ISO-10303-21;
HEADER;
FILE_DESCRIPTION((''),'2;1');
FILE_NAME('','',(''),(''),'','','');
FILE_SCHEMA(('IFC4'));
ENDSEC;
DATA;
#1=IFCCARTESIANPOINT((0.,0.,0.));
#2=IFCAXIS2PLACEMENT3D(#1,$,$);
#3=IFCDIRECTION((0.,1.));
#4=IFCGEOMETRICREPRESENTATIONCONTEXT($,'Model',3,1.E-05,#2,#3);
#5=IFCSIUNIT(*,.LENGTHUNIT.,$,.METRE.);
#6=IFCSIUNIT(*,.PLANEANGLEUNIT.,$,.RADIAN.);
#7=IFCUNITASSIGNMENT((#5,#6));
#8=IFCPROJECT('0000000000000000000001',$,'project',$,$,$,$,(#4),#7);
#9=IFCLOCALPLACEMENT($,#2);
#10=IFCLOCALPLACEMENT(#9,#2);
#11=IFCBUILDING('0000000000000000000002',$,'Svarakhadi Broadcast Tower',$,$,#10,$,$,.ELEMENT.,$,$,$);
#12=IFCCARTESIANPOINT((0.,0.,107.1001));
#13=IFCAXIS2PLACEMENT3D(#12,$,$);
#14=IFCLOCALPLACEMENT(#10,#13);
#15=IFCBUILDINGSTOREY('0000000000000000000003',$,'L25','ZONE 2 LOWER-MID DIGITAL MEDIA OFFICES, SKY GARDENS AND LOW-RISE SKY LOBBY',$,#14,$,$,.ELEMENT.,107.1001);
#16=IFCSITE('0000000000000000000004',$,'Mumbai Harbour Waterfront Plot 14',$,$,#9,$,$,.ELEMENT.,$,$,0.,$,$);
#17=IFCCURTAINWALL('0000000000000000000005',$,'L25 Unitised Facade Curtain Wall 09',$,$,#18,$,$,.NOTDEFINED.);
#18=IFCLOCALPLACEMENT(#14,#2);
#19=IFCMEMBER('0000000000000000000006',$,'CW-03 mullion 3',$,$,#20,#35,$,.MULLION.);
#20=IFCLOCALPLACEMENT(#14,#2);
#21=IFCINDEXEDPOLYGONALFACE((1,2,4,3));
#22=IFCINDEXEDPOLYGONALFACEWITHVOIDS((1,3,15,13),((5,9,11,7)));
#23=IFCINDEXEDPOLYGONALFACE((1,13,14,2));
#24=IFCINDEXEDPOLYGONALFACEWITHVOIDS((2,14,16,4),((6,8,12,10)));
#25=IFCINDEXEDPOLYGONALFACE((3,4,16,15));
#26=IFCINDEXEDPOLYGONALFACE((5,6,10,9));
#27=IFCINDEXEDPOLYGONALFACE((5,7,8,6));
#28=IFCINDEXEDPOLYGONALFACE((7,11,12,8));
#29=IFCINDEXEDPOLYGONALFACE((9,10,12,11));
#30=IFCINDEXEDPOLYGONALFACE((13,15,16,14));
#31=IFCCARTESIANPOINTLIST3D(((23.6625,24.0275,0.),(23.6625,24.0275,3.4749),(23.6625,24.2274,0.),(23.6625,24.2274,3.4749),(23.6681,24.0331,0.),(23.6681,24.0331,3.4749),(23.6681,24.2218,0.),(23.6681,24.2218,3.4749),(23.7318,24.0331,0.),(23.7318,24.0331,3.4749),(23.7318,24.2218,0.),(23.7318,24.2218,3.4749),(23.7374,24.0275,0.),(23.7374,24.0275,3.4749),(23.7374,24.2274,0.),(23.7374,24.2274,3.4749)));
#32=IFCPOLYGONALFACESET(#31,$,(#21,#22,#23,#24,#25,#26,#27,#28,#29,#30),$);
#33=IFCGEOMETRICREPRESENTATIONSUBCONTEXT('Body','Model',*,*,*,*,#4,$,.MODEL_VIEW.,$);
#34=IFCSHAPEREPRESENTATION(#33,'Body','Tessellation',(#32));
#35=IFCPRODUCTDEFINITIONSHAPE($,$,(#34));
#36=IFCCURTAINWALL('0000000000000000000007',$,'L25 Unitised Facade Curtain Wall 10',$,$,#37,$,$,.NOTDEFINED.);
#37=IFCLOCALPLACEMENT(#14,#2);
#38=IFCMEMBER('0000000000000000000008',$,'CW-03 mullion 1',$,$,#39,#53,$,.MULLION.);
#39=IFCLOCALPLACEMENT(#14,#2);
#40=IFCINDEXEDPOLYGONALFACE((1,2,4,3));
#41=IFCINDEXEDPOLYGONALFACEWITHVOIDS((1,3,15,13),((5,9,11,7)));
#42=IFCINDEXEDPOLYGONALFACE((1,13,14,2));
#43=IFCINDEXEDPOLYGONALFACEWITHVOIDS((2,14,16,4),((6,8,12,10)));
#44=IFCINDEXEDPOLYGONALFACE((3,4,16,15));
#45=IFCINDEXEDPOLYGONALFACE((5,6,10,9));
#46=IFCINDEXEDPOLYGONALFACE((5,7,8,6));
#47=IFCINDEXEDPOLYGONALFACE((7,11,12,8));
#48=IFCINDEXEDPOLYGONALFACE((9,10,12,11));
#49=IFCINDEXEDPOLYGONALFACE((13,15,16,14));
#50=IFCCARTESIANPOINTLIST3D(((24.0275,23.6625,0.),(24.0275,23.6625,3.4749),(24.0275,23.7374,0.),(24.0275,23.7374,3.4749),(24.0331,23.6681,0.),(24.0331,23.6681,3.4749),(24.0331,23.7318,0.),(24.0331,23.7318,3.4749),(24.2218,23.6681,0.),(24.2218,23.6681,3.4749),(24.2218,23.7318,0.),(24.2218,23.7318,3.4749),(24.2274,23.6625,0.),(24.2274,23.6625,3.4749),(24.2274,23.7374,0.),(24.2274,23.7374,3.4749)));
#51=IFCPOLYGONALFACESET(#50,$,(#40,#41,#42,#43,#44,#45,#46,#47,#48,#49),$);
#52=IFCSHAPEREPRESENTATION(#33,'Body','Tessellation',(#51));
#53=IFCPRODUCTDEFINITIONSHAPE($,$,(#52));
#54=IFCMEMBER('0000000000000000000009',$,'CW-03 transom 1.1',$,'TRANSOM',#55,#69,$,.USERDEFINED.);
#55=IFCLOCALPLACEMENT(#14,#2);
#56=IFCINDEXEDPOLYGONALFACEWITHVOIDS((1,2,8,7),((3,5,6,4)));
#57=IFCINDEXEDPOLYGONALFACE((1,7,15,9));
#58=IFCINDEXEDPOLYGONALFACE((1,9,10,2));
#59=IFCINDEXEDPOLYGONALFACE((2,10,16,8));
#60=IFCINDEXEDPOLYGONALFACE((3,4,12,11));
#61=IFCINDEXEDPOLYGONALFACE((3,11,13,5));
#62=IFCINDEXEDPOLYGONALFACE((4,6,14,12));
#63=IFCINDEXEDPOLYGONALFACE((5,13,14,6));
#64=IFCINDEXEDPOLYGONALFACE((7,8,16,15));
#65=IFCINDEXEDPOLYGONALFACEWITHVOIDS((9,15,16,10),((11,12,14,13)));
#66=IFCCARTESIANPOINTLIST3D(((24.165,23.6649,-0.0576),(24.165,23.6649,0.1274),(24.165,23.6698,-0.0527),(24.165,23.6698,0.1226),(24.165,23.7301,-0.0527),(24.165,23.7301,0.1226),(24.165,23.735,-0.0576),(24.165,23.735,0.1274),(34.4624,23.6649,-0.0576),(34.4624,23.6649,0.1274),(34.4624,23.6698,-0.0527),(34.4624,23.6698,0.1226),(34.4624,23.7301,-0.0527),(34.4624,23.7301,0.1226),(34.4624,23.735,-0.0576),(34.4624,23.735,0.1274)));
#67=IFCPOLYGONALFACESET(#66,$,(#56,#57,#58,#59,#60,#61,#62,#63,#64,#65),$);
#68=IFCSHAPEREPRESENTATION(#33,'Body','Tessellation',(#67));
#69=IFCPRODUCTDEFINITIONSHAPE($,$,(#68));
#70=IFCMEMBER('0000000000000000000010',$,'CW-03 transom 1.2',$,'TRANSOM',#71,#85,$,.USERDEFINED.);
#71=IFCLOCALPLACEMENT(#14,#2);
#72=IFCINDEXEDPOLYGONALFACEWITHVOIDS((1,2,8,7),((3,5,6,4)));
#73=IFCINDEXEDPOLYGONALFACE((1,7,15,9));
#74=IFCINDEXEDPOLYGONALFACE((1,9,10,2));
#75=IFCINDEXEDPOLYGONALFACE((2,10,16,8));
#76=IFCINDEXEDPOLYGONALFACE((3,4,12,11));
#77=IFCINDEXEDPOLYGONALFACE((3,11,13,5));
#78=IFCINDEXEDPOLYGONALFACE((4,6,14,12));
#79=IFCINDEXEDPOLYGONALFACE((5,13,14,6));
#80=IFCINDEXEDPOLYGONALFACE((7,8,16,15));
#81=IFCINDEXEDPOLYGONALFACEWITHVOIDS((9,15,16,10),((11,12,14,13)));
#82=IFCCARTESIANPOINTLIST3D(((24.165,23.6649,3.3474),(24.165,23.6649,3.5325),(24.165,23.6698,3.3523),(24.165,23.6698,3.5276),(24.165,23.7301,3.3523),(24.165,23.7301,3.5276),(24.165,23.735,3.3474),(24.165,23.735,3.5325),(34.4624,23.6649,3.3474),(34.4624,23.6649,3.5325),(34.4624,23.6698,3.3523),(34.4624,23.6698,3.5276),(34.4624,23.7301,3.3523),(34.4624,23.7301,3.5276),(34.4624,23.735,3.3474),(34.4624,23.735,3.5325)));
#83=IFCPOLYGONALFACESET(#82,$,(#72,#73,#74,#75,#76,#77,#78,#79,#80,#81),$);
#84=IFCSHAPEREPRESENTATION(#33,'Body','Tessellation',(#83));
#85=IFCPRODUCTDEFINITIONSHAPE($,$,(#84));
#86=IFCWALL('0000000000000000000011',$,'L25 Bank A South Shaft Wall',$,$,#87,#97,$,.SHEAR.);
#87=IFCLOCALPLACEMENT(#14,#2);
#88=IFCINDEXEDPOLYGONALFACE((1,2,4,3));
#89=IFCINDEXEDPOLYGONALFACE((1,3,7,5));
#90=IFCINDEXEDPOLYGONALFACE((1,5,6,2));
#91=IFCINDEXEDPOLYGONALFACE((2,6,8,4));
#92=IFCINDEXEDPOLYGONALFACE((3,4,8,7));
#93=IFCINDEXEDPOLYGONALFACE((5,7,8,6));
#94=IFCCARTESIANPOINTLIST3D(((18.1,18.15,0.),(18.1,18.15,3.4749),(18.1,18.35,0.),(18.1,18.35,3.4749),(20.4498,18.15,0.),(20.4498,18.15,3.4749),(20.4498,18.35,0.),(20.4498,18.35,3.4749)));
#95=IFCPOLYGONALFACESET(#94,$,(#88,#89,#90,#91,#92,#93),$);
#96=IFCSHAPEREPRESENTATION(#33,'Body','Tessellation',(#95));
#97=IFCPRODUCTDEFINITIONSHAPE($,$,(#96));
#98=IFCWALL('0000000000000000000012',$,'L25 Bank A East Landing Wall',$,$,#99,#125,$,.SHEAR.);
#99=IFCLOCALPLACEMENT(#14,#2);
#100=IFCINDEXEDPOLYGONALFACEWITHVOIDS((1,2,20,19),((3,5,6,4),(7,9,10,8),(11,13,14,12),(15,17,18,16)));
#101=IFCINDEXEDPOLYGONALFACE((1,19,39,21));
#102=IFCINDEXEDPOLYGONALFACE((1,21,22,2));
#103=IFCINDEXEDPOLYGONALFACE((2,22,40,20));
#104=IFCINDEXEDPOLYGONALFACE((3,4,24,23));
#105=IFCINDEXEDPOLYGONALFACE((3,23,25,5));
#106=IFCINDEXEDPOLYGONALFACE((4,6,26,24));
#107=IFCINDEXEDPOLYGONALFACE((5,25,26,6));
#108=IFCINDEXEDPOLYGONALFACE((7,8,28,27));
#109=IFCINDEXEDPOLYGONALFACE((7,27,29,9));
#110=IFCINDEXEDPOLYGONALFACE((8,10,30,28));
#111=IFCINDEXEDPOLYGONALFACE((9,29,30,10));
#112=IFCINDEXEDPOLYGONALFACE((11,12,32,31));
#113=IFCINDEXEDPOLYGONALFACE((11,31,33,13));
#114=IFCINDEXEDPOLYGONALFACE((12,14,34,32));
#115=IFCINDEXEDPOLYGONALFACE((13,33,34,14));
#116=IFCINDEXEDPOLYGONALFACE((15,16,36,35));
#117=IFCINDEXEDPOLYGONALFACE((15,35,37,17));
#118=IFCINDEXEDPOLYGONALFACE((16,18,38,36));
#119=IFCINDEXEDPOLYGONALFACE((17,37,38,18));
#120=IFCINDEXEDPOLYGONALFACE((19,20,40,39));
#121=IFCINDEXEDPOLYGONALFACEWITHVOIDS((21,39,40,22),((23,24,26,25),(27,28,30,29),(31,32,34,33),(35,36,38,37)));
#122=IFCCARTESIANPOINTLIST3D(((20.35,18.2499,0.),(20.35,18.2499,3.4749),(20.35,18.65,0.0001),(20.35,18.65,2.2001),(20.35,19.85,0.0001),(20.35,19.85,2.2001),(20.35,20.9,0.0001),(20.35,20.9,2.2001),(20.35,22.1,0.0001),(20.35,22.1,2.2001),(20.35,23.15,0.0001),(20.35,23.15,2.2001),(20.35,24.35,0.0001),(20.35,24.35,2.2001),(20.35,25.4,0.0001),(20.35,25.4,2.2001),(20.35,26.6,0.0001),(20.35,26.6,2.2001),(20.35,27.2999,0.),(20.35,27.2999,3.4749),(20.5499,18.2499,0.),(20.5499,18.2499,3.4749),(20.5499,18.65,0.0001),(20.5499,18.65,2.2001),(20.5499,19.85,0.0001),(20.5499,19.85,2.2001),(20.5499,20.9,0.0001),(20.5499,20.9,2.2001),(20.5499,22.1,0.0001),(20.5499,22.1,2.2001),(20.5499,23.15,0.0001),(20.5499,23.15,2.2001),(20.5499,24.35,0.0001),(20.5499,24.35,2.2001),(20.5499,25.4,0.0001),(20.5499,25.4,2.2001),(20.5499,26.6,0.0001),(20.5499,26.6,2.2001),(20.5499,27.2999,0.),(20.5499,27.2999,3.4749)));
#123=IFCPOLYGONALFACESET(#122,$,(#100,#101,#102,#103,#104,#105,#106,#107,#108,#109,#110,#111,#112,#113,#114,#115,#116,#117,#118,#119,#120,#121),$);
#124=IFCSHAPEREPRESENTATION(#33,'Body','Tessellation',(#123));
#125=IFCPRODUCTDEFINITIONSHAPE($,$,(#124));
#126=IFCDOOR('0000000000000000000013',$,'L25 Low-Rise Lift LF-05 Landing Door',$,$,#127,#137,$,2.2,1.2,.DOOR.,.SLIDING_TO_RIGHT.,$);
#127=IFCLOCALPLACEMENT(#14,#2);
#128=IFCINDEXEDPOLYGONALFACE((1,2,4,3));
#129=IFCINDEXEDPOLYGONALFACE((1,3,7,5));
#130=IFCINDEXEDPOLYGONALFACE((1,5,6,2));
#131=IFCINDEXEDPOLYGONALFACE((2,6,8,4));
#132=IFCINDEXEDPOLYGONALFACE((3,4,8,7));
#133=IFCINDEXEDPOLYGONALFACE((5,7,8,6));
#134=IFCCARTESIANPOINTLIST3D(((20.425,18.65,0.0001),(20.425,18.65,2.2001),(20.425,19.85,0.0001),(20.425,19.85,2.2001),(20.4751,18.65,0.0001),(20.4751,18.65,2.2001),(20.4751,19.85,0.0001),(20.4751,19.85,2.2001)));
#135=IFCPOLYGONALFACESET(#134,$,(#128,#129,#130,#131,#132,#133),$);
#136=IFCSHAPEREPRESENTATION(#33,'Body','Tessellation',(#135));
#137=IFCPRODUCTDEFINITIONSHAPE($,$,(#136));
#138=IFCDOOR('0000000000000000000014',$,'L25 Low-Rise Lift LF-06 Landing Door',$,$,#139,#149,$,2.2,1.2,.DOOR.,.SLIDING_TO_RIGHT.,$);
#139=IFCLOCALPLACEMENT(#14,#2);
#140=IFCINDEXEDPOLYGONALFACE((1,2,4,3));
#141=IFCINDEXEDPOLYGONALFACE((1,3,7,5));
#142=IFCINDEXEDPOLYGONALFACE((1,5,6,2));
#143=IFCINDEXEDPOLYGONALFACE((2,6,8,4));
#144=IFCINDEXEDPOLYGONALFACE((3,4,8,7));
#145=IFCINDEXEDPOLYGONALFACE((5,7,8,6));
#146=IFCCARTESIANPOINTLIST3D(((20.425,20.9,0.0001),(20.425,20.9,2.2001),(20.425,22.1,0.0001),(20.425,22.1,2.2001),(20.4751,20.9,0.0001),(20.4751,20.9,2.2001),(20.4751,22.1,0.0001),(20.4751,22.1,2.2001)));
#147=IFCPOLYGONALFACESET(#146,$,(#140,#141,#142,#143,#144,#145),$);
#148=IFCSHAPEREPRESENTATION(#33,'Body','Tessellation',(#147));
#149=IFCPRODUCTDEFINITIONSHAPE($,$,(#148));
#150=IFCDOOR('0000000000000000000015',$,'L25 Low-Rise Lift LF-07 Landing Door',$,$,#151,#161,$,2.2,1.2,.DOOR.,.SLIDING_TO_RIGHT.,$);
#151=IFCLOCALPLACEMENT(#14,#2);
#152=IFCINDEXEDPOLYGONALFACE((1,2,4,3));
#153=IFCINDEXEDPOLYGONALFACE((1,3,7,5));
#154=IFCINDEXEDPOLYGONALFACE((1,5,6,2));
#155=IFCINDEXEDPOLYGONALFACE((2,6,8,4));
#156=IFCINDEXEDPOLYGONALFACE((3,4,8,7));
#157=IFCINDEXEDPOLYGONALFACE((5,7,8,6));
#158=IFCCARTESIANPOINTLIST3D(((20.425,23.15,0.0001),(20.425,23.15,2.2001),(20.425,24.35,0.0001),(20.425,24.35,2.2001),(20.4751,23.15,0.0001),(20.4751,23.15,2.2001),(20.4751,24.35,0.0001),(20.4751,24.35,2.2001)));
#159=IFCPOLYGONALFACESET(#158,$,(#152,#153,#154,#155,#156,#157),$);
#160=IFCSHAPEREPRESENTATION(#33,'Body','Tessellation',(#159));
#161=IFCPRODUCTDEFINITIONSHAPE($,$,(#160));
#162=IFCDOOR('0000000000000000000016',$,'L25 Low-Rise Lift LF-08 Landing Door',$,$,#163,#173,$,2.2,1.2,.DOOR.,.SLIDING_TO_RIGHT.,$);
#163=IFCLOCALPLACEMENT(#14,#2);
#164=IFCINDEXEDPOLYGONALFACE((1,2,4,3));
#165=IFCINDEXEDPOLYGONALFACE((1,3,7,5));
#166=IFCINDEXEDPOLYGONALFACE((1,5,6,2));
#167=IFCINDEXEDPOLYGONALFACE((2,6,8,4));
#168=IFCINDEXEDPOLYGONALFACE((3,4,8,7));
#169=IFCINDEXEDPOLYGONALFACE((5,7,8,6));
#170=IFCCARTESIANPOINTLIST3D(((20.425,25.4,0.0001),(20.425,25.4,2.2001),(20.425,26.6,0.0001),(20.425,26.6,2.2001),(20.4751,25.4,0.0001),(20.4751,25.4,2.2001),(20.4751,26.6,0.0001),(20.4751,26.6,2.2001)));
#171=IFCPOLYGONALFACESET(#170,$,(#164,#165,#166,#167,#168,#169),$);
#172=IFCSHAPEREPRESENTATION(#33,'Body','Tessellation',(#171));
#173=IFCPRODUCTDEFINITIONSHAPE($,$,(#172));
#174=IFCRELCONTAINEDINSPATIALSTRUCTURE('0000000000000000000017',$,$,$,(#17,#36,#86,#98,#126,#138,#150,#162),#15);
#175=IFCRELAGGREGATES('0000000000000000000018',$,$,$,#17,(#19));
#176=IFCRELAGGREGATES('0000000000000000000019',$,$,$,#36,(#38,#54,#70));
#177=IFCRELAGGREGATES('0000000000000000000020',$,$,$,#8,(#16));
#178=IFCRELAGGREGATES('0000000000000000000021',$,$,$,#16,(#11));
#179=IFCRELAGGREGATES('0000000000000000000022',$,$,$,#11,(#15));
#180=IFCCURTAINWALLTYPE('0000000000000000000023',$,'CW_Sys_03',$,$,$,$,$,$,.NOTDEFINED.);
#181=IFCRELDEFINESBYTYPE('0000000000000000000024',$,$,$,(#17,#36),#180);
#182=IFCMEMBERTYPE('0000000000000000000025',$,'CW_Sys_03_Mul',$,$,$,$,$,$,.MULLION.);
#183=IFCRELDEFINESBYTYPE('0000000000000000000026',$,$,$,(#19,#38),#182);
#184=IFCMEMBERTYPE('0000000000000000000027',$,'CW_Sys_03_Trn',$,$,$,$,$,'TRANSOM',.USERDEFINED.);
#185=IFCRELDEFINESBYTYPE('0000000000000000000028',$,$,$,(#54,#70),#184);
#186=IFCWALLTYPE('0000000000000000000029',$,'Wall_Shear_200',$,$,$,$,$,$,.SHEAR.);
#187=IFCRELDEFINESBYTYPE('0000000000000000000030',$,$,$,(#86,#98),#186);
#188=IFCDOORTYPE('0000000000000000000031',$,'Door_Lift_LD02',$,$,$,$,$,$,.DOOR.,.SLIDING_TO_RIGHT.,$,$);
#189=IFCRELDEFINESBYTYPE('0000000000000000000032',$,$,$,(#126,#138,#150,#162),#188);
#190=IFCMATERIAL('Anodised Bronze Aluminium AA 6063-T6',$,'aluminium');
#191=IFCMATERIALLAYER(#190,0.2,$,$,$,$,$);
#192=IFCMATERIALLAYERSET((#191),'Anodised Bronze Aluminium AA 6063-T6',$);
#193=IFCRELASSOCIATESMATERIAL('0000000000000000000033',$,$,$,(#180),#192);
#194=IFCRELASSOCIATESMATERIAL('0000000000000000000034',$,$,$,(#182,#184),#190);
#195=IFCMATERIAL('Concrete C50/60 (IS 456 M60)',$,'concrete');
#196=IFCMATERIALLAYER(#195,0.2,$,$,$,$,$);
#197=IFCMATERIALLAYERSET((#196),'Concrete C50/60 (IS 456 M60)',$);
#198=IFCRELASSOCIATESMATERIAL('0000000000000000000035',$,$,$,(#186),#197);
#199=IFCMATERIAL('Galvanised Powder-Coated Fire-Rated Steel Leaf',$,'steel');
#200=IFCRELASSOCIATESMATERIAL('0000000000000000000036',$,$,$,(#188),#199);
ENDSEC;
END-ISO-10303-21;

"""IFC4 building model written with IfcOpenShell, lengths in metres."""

from ifc_helpers import new_model, si_unit, direction, frame, frame_2d, origin, origin_2d, place, context, subcontext, project, spatial, rectangle, hollow_rectangle, extrude, material, layer, layer_set, material_profile, profile_set, type_object, element, fill, aggregate, save


model = new_model("IFC4")

# Units and contexts
model_context = context("Model", 3, precision=1e-05, world=origin(), true_north=direction((0.0, 1.0)))
body_context = subcontext(model_context, "Body", "Model", "MODEL_VIEW")
ifc_project = project(units=[si_unit("LENGTHUNIT", "METRE"), si_unit("PLANEANGLEUNIT", "RADIAN")], contexts=[model_context])

# Site, building, storey
site_placement = place(None, origin())
site = spatial("IfcSite", under=ifc_project, at=site_placement, Name="Mumbai Harbour Waterfront Plot 14", CompositionType="ELEMENT", RefElevation=0.0)
building_placement = place(site_placement, origin())
building = spatial("IfcBuilding", under=site, at=building_placement, Name="Svarakhadi Broadcast Tower", CompositionType="ELEMENT")
storey_placement = place(building_placement, frame((0.0, 0.0, 107.1001)))
storey = spatial("IfcBuildingStorey", under=building, at=storey_placement, Name="L25", Description="ZONE 2 LOWER-MID DIGITAL MEDIA OFFICES, SKY GARDENS AND LOW-RISE SKY LOBBY", CompositionType="ELEMENT", Elevation=107.1001)

# Curtain wall, member
ifc_material_1 = material(Name="Anodised Bronze Aluminium AA 6063-T6", Category="aluminium")
ifc_layer_1 = layer(ifc_material_1, 0.2)
ifc_layer_set_1 = layer_set([ifc_layer_1], Name="Anodised Bronze Aluminium AA 6063-T6")
curtain_wall_type = type_object("IfcCurtainWallType", Name="CW_Sys_03", PredefinedType="NOTDEFINED", material=ifc_layer_set_1)
curtain_wall_1_placement = place(storey_placement, origin())
curtain_wall_1 = element("IfcCurtainWall", 1, at=curtain_wall_1_placement, inside=storey, type_object=curtain_wall_type, Name="L25 Unitised Facade Curtain Wall 09", PredefinedType="NOTDEFINED")
ifc_material_profile_1 = material_profile(ifc_material_1, hollow_rectangle(XDim=0.075, YDim=0.2, WallThickness=0.0056, at=origin_2d()), Name="ALU MULLION 200x75x6")
ifc_profile_set_1 = profile_set([ifc_material_profile_1], Name="Anodised Bronze Aluminium AA 6063-T6")
member_type_1 = type_object("IfcMemberType", Name="CW_Sys_03_Mul", PredefinedType="MULLION", material=ifc_profile_set_1)
member_1_placement = place(storey_placement, frame((23.7, 24.1274, 0.0), z_axis=(0.0, 0.0, 1.0), x_axis=(1.0, 0.0, 0.0)))
member_1 = element("IfcMember", 2, at=member_1_placement, type_object=member_type_1, Name="CW-03 mullion 3", PredefinedType="MULLION", context=body_context, shape_type="SweptSolid", body=[
    extrude(hollow_rectangle(XDim=0.075, YDim=0.2, WallThickness=0.0056, at=origin_2d()), origin(), (0.0, 0.0, 1.0), 3.4749),
])
aggregate(curtain_wall_1, [member_1])

# Curtain wall, members
curtain_wall_2_placement = place(storey_placement, origin())
curtain_wall_2 = element("IfcCurtainWall", 3, at=curtain_wall_2_placement, inside=storey, type_object=curtain_wall_type, Name="L25 Unitised Facade Curtain Wall 10", PredefinedType="NOTDEFINED")
member_2_placement = place(storey_placement, frame((24.1274, 23.7, 0.0), z_axis=(0.0, 0.0, 1.0), x_axis=(0.0, 1.0, 0.0)))
member_2 = element("IfcMember", 4, at=member_2_placement, type_object=member_type_1, Name="CW-03 mullion 1", PredefinedType="MULLION", context=body_context, shape_type="SweptSolid", body=[
    extrude(hollow_rectangle(XDim=0.075, YDim=0.2, WallThickness=0.0056, at=origin_2d()), origin(), (0.0, 0.0, 1.0), 3.4749),
])
ifc_material_profile_2 = material_profile(ifc_material_1, hollow_rectangle(XDim=0.0701, YDim=0.1851, WallThickness=0.0049, at=origin_2d()), Name="ALU TRANSOM 185x70x5")
ifc_profile_set_2 = profile_set([ifc_material_profile_2], Name="Anodised Bronze Aluminium AA 6063-T6")
member_type_2 = type_object("IfcMemberType", Name="CW_Sys_03_Trn", ElementType="TRANSOM", PredefinedType="USERDEFINED", material=ifc_profile_set_2)
member_3_placement = place(storey_placement, frame((24.165, 23.7, 0.0349), z_axis=(1.0, 0.0, 0.0), x_axis=(0.0, 1.0, 0.0)))
member_3 = element("IfcMember", 5, at=member_3_placement, type_object=member_type_2, Name="CW-03 transom 1.1", ObjectType="TRANSOM", PredefinedType="USERDEFINED", context=body_context, shape_type="SweptSolid", body=[
    extrude(hollow_rectangle(XDim=0.0701, YDim=0.1851, WallThickness=0.0049, at=origin_2d()), origin(), (0.0, 0.0, 1.0), 10.2974),
])
member_4_placement = place(storey_placement, frame((24.165, 23.7, 3.4399), z_axis=(1.0, 0.0, 0.0), x_axis=(0.0, 1.0, 0.0)))
member_4 = element("IfcMember", 6, at=member_4_placement, type_object=member_type_2, Name="CW-03 transom 1.2", ObjectType="TRANSOM", PredefinedType="USERDEFINED", context=body_context, shape_type="SweptSolid", body=[
    extrude(hollow_rectangle(XDim=0.0701, YDim=0.1851, WallThickness=0.0049, at=origin_2d()), origin(), (0.0, 0.0, 1.0), 10.2974),
])
aggregate(curtain_wall_2, [member_2, member_3, member_4])

# Wall
ifc_material_2 = material(Name="Concrete C50/60 (IS 456 M60)", Category="concrete")
ifc_layer_2 = layer(ifc_material_2, 0.2)
ifc_layer_set_2 = layer_set([ifc_layer_2], Name="Concrete C50/60 (IS 456 M60)")
wall_type_1 = type_object("IfcWallType", Name="Wall_Shear_200", PredefinedType="SHEAR", material=ifc_layer_set_2)
wall_1_placement = place(storey_placement, frame((18.1001, 18.25, 0.0), z_axis=(0.0, 0.0, 1.0), x_axis=(1.0, 0.0, 0.0)))
element("IfcWall", 7, at=wall_1_placement, inside=storey, type_object=wall_type_1, Name="L25 Bank A South Shaft Wall", PredefinedType="SHEAR", context=body_context, shape_type="SweptSolid", body=[
    extrude(rectangle(XDim=2.3499, YDim=0.2, at=frame_2d((1.1748, 0.0))), origin(), (0.0, 0.0, 1.0), 3.4749),
])

# Wall, openings, doors
wall_2_placement = place(storey_placement, frame((20.45, 18.25, 0.0), z_axis=(0.0, 0.0, 1.0), x_axis=(0.0, 1.0, 0.0)))
wall_2 = element("IfcWall", 8, at=wall_2_placement, inside=storey, type_object=wall_type_1, Name="L25 Bank A East Landing Wall", PredefinedType="SHEAR", context=body_context, shape_type="SweptSolid", body=[
    extrude(rectangle(XDim=9.05, YDim=0.2, at=frame_2d((4.5249, 0.0))), origin(), (0.0, 0.0, 1.0), 3.4749),
])
opening_1_placement = place(wall_2_placement, frame((0.3999, 0.0, 0.0)))
opening_1 = element("IfcOpeningElement", 9, at=opening_1_placement, cuts=wall_2, PredefinedType="OPENING", context=body_context, shape_type="SweptSolid", body=[
    extrude(rectangle(XDim=1.2, YDim=2.2, at=frame_2d((0.6001, 1.1001))), frame((0.0, 0.1099, 0.0), z_axis=(0.0, -1.0, 0.0), x_axis=(1.0, 0.0, 0.0)), (0.0, 0.0, 1.0), 0.22),
])
opening_2_placement = place(wall_2_placement, frame((2.6499, 0.0, 0.0)))
opening_2 = element("IfcOpeningElement", 10, at=opening_2_placement, cuts=wall_2, PredefinedType="OPENING", context=body_context, shape_type="SweptSolid", body=[
    extrude(rectangle(XDim=1.2, YDim=2.2, at=frame_2d((0.6001, 1.1001))), frame((0.0, 0.1099, 0.0), z_axis=(0.0, -1.0, 0.0), x_axis=(1.0, 0.0, 0.0)), (0.0, 0.0, 1.0), 0.22),
])
opening_3_placement = place(wall_2_placement, frame((4.8999, 0.0, 0.0)))
opening_3 = element("IfcOpeningElement", 11, at=opening_3_placement, cuts=wall_2, PredefinedType="OPENING", context=body_context, shape_type="SweptSolid", body=[
    extrude(rectangle(XDim=1.2, YDim=2.2, at=frame_2d((0.6001, 1.1001))), frame((0.0, 0.1099, 0.0), z_axis=(0.0, -1.0, 0.0), x_axis=(1.0, 0.0, 0.0)), (0.0, 0.0, 1.0), 0.22),
])
opening_4_placement = place(wall_2_placement, frame((7.1499, 0.0, 0.0)))
opening_4 = element("IfcOpeningElement", 12, at=opening_4_placement, cuts=wall_2, PredefinedType="OPENING", context=body_context, shape_type="SweptSolid", body=[
    extrude(rectangle(XDim=1.2, YDim=2.2, at=frame_2d((0.6001, 1.1001))), frame((0.0, 0.1099, 0.0), z_axis=(0.0, -1.0, 0.0), x_axis=(1.0, 0.0, 0.0)), (0.0, 0.0, 1.0), 0.22),
])
ifc_material_3 = material(Name="Galvanised Powder-Coated Fire-Rated Steel Leaf", Category="steel")
door_type = type_object("IfcDoorType", Name="Door_Lift_LD02", OperationType="SLIDING_TO_RIGHT", PredefinedType="DOOR", material=ifc_material_3)
door_1_placement = place(opening_1_placement, origin())
door_1 = element("IfcDoor", 13, at=door_1_placement, inside=storey, type_object=door_type, Name="L25 Low-Rise Lift LF-05 Landing Door", OperationType="SLIDING_TO_RIGHT", OverallHeight=2.2, OverallWidth=1.2, PredefinedType="DOOR", context=body_context, shape_type="SweptSolid", body=[
    extrude(rectangle(XDim=1.2, YDim=2.2, at=frame_2d((0.6001, 1.1001))), frame((0.0, 0.0249, 0.0), z_axis=(0.0, -1.0, 0.0), x_axis=(1.0, 0.0, 0.0)), (0.0, 0.0, 1.0), 0.05),
])
fill(opening_1, door_1)
door_2_placement = place(opening_2_placement, origin())
door_2 = element("IfcDoor", 14, at=door_2_placement, inside=storey, type_object=door_type, Name="L25 Low-Rise Lift LF-06 Landing Door", OperationType="SLIDING_TO_RIGHT", OverallHeight=2.2, OverallWidth=1.2, PredefinedType="DOOR", context=body_context, shape_type="SweptSolid", body=[
    extrude(rectangle(XDim=1.2, YDim=2.2, at=frame_2d((0.6001, 1.1001))), frame((0.0, 0.0249, 0.0), z_axis=(0.0, -1.0, 0.0), x_axis=(1.0, 0.0, 0.0)), (0.0, 0.0, 1.0), 0.05),
])
fill(opening_2, door_2)
door_3_placement = place(opening_3_placement, origin())
door_3 = element("IfcDoor", 15, at=door_3_placement, inside=storey, type_object=door_type, Name="L25 Low-Rise Lift LF-07 Landing Door", OperationType="SLIDING_TO_RIGHT", OverallHeight=2.2, OverallWidth=1.2, PredefinedType="DOOR", context=body_context, shape_type="SweptSolid", body=[
    extrude(rectangle(XDim=1.2, YDim=2.2, at=frame_2d((0.6001, 1.1001))), frame((0.0, 0.0249, 0.0), z_axis=(0.0, -1.0, 0.0), x_axis=(1.0, 0.0, 0.0)), (0.0, 0.0, 1.0), 0.05),
])
fill(opening_3, door_3)
door_4_placement = place(opening_4_placement, origin())
door_4 = element("IfcDoor", 16, at=door_4_placement, inside=storey, type_object=door_type, Name="L25 Low-Rise Lift LF-08 Landing Door", OperationType="SLIDING_TO_RIGHT", OverallHeight=2.2, OverallWidth=1.2, PredefinedType="DOOR", context=body_context, shape_type="SweptSolid", body=[
    extrude(rectangle(XDim=1.2, YDim=2.2, at=frame_2d((0.6001, 1.1001))), frame((0.0, 0.0249, 0.0), z_axis=(0.0, -1.0, 0.0), x_axis=(1.0, 0.0, 0.0)), (0.0, 0.0, 1.0), 0.05),
])
fill(opening_4, door_4)

save(model, "model.ifc")
